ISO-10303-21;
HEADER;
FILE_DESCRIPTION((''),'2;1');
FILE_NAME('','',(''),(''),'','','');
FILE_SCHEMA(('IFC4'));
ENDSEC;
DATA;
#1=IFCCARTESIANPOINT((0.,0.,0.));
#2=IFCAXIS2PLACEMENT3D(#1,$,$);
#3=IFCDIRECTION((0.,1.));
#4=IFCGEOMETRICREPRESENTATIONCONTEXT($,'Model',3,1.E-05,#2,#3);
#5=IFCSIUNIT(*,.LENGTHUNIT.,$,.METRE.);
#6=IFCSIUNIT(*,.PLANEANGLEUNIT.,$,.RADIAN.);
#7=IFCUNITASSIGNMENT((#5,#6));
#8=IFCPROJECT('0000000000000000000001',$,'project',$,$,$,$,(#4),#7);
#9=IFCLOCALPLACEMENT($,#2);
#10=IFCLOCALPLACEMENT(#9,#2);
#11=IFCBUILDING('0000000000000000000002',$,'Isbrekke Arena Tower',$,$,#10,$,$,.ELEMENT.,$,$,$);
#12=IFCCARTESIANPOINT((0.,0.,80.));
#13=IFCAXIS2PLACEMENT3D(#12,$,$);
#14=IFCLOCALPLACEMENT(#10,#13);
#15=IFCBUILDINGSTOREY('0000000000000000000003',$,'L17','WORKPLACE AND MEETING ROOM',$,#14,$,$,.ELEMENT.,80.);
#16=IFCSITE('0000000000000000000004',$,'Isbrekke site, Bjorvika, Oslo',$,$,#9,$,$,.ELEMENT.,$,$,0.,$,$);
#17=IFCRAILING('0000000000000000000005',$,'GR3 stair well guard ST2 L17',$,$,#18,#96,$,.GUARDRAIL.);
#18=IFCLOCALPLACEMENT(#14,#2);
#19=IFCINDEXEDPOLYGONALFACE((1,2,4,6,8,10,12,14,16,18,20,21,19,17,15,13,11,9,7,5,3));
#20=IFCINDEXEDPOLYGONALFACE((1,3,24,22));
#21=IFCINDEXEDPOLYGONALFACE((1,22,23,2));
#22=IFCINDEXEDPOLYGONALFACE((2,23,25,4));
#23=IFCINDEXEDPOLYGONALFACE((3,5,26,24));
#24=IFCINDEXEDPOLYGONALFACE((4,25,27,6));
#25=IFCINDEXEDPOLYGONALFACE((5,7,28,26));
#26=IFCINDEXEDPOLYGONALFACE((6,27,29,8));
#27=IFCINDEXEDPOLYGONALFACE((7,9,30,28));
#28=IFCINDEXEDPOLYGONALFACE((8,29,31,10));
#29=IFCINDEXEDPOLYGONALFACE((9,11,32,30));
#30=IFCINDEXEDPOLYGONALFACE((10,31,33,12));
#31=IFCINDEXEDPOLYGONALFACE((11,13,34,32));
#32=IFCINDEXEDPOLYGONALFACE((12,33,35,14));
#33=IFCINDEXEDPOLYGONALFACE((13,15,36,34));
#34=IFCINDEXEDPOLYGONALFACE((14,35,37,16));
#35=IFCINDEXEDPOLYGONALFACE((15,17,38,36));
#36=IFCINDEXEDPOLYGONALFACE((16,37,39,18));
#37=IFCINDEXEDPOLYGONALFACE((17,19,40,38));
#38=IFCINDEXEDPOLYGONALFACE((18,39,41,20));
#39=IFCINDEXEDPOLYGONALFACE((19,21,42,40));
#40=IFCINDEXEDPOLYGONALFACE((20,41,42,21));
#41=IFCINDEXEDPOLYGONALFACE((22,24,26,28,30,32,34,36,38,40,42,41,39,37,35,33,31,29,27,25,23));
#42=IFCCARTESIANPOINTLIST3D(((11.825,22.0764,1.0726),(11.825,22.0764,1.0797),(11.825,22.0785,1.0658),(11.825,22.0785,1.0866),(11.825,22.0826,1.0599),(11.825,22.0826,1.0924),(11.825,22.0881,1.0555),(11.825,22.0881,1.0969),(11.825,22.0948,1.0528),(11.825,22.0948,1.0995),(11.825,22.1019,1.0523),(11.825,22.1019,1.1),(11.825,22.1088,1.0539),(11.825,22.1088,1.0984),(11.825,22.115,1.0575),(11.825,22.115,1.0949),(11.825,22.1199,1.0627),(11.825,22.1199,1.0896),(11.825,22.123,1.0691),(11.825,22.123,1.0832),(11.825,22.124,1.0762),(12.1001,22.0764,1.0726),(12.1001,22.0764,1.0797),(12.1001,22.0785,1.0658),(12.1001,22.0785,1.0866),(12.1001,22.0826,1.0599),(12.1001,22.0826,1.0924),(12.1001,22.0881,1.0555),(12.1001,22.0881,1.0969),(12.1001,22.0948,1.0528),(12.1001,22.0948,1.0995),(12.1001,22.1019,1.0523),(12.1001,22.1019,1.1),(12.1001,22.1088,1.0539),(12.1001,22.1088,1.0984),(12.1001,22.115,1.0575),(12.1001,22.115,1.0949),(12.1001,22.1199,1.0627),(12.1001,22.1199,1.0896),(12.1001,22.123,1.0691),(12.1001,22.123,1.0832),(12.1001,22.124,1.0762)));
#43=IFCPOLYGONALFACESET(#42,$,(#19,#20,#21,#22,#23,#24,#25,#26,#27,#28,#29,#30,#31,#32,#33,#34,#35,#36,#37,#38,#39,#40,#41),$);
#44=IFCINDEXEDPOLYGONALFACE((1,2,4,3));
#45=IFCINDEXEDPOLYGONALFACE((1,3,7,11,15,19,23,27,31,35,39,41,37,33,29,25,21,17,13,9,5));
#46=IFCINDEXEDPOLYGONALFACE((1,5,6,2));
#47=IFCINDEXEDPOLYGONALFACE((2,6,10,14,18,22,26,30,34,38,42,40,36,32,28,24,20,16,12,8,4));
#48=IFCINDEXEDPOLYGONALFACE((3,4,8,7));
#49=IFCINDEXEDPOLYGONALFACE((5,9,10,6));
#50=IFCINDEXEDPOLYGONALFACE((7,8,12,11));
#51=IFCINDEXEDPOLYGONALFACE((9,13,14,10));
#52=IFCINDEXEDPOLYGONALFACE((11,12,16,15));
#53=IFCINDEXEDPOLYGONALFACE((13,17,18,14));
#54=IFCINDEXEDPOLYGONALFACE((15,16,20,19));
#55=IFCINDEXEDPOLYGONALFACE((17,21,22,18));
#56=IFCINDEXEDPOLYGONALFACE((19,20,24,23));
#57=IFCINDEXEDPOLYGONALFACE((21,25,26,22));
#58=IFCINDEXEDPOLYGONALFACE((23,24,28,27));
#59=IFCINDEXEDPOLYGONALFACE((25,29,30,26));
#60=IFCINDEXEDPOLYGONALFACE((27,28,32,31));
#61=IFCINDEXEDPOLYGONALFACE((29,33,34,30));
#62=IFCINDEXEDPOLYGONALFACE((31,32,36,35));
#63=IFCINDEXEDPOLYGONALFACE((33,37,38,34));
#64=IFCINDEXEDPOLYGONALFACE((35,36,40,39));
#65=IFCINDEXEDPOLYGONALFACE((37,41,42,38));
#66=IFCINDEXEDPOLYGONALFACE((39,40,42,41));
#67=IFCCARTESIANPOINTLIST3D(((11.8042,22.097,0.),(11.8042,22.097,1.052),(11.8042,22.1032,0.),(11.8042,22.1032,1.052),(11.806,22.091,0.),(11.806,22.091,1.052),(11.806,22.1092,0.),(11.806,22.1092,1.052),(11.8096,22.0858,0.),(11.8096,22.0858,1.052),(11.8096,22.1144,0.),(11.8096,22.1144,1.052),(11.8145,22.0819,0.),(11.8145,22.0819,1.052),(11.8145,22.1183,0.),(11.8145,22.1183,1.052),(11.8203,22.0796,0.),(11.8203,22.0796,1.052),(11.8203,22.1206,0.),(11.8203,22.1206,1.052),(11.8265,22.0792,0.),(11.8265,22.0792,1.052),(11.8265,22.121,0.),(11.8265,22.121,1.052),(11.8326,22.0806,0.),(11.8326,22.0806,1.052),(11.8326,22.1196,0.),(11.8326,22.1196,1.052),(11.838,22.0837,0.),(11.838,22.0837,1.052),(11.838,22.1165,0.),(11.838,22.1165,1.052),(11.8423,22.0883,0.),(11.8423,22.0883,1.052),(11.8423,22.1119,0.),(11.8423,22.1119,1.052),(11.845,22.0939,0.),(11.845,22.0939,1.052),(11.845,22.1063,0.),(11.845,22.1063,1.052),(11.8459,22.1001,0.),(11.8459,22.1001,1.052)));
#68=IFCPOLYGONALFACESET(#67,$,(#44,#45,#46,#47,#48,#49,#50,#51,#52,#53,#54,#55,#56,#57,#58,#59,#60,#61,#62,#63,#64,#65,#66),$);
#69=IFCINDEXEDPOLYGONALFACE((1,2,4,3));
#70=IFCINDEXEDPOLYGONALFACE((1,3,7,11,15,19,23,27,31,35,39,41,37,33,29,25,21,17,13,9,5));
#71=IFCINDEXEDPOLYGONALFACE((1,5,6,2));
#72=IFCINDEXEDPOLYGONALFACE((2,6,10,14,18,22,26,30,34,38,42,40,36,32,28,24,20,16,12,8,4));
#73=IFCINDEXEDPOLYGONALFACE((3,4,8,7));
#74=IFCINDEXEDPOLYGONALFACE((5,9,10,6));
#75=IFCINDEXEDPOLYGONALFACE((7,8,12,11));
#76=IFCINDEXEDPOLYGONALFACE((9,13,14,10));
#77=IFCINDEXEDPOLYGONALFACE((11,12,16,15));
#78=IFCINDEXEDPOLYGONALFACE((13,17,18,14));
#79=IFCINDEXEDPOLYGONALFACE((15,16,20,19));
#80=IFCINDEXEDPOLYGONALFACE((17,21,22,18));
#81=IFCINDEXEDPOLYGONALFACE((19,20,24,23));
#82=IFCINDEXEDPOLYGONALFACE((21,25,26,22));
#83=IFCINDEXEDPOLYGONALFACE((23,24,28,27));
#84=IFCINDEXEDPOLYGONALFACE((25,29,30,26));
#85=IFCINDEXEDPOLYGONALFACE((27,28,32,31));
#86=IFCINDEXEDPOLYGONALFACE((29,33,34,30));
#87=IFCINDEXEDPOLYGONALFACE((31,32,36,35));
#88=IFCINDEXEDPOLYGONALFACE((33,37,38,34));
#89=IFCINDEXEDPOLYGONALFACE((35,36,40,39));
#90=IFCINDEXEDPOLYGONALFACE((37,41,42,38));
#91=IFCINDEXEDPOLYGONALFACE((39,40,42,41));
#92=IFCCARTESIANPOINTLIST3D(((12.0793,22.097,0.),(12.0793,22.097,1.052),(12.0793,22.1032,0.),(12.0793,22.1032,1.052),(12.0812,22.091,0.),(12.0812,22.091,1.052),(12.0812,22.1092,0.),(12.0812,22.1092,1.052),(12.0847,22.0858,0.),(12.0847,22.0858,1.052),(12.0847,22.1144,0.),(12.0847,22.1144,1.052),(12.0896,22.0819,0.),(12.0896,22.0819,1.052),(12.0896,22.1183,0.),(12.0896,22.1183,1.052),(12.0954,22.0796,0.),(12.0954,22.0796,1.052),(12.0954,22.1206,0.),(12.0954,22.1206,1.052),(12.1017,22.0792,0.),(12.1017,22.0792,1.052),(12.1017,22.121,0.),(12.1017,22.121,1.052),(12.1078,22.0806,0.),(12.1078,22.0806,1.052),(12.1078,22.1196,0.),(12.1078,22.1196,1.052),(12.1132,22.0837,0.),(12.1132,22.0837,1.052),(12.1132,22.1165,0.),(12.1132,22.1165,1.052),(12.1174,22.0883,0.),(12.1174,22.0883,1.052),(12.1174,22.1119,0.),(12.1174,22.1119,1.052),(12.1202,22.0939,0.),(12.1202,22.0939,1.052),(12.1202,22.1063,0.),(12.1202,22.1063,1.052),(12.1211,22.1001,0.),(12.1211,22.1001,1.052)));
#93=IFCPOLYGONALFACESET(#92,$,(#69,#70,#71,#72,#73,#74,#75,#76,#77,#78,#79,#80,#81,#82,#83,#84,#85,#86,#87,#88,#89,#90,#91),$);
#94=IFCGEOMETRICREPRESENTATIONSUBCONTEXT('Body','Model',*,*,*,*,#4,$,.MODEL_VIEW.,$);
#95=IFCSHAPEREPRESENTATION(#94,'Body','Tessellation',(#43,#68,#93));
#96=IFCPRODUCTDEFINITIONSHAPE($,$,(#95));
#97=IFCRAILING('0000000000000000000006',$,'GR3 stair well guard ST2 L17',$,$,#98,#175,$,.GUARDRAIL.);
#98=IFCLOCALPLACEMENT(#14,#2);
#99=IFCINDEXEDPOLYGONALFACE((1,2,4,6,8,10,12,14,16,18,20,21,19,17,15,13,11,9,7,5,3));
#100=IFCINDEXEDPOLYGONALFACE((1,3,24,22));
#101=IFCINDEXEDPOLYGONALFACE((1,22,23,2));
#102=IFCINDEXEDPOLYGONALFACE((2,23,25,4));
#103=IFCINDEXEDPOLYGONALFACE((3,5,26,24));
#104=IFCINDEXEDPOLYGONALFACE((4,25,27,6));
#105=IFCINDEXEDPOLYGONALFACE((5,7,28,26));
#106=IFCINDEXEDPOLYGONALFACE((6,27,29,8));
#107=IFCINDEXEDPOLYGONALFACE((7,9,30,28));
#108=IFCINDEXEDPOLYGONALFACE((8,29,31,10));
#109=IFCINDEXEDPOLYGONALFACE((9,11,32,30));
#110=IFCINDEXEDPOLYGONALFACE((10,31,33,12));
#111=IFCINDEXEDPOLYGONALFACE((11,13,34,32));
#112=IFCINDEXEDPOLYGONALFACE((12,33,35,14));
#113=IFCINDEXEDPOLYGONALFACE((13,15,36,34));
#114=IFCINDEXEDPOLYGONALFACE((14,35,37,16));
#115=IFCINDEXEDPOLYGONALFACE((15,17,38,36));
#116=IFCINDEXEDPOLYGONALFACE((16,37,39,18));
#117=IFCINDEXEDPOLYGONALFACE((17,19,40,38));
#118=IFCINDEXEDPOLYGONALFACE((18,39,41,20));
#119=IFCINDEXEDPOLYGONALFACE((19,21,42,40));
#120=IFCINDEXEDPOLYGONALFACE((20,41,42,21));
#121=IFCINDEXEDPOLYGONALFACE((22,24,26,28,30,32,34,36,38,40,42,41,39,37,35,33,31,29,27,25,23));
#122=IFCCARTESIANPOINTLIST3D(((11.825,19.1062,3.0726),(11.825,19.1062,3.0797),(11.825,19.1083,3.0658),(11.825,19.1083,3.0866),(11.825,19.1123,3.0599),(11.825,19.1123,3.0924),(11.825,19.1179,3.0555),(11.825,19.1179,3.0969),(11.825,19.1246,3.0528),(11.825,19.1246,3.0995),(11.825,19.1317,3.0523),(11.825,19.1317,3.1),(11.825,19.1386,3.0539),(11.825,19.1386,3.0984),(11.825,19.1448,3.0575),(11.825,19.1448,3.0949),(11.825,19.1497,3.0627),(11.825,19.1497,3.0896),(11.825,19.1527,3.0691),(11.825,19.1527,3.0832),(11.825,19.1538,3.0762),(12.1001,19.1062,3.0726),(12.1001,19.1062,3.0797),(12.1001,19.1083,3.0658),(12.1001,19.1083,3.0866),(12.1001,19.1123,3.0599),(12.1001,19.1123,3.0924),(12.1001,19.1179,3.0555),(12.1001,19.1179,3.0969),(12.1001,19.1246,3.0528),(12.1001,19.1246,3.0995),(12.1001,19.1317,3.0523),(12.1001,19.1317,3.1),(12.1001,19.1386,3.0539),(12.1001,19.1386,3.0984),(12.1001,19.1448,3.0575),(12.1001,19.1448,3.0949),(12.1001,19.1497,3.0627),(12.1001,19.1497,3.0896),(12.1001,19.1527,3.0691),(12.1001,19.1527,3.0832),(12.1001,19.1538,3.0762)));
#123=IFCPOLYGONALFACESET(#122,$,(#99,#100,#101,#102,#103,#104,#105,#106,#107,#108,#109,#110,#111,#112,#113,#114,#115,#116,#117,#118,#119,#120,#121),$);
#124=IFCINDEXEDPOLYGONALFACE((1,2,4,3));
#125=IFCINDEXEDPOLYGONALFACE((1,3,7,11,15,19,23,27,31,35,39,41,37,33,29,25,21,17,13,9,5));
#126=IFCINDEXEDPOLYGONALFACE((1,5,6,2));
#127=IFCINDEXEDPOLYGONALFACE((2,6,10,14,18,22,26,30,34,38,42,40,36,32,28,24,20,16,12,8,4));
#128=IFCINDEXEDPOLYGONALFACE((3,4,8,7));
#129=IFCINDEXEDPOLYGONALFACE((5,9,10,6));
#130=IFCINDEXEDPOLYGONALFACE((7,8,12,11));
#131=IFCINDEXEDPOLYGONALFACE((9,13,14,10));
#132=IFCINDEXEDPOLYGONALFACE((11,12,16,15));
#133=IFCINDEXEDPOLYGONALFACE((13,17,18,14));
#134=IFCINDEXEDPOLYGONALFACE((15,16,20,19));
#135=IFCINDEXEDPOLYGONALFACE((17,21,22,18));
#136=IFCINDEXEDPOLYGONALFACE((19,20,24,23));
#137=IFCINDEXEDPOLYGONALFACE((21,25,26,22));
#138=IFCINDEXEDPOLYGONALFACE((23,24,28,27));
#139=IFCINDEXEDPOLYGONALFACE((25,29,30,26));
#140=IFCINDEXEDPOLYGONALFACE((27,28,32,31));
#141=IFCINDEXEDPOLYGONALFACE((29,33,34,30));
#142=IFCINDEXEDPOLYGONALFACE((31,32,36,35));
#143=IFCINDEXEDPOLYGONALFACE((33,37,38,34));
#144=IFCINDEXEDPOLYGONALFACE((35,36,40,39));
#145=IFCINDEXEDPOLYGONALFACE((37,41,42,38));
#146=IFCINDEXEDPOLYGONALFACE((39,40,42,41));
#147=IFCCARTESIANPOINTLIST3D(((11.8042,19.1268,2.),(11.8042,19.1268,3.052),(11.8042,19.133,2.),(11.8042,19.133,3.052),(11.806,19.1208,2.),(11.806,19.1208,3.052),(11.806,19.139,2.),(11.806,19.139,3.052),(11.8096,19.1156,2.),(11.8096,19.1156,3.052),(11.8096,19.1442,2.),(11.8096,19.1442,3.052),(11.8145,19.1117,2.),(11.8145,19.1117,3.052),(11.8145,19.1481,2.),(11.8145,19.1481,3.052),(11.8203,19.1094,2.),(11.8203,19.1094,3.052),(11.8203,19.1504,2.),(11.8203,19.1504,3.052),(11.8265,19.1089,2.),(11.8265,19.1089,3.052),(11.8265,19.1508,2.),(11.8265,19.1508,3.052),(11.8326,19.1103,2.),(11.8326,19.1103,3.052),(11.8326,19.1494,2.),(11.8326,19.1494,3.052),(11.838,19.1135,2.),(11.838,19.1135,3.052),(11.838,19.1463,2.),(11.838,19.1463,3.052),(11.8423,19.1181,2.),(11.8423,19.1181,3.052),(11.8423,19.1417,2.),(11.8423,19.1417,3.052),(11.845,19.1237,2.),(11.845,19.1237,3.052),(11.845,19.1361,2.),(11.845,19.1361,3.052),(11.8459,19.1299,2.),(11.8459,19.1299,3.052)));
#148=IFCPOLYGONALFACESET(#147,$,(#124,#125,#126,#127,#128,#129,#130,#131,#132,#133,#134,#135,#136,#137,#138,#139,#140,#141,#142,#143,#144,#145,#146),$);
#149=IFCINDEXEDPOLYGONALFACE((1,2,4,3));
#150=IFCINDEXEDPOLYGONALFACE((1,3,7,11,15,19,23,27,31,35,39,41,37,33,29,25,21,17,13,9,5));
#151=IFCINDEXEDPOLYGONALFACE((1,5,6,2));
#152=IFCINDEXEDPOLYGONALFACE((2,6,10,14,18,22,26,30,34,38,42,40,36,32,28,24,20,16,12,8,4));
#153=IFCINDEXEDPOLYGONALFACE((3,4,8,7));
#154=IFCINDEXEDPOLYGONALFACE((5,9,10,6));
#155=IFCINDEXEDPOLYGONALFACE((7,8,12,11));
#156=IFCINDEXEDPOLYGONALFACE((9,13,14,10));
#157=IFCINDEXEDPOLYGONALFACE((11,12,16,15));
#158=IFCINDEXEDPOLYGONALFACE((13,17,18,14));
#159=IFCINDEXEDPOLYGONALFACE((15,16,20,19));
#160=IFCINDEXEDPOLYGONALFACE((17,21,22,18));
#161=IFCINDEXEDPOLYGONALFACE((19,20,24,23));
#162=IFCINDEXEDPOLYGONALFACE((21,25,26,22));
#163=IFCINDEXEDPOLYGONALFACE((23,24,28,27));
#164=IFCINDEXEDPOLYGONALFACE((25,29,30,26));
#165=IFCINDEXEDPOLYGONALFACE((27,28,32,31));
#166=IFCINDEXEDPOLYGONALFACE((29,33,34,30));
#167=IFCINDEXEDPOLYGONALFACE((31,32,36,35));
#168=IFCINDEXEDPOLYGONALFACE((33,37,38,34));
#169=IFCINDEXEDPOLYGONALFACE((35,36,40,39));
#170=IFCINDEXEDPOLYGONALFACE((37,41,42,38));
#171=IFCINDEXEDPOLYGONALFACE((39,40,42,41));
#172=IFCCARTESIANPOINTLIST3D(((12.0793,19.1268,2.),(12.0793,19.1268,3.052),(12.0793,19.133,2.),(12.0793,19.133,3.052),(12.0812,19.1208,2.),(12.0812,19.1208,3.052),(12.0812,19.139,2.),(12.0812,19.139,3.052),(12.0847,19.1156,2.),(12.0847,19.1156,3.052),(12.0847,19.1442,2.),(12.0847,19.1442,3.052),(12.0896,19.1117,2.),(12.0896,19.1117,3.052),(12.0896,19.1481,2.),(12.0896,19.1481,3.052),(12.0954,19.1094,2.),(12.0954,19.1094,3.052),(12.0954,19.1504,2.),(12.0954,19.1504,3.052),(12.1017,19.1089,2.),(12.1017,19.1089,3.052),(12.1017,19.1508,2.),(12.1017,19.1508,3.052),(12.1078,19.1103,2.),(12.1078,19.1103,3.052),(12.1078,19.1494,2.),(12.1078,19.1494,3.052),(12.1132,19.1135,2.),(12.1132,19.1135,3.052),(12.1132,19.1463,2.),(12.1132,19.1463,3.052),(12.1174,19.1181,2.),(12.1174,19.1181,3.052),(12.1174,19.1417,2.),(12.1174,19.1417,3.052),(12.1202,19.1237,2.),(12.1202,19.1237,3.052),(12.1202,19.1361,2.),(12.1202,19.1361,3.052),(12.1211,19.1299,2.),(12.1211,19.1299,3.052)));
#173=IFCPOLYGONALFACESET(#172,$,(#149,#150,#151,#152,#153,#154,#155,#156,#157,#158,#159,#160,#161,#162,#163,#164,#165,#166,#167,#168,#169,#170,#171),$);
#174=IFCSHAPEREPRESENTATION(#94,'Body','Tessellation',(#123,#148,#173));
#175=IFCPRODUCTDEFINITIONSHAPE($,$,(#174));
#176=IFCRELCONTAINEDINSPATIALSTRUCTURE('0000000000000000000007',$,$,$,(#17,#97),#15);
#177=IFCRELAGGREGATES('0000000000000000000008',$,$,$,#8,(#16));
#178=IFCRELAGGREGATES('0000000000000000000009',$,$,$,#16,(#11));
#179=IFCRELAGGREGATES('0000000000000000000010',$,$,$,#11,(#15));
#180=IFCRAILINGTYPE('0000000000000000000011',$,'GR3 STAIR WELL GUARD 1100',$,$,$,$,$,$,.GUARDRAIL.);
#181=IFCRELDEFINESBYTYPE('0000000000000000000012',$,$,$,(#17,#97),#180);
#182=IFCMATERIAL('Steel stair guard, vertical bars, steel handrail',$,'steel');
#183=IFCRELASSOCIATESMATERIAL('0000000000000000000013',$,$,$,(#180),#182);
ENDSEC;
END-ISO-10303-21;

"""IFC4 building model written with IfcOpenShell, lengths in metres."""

from ifc_helpers import new_model, si_unit, direction, frame, origin, origin_2d, place, context, subcontext, project, spatial, circle, extrude, material, type_object, element, save


model = new_model("IFC4")

# Units and contexts
model_context = context("Model", 3, precision=1e-05, world=origin(), true_north=direction((0.0, 1.0)))
body_context = subcontext(model_context, "Body", "Model", "MODEL_VIEW")
ifc_project = project(units=[si_unit("LENGTHUNIT", "METRE"), si_unit("PLANEANGLEUNIT", "RADIAN")], contexts=[model_context])

# Site, building, storey
site_placement = place(None, origin())
site = spatial("IfcSite", under=ifc_project, at=site_placement, Name="Isbrekke site, Bjorvika, Oslo", CompositionType="ELEMENT", RefElevation=0.0)
building_placement = place(site_placement, origin())
building = spatial("IfcBuilding", under=site, at=building_placement, Name="Isbrekke Arena Tower", CompositionType="ELEMENT")
storey_placement = place(building_placement, frame((0.0, 0.0, 80.0)))
storey = spatial("IfcBuildingStorey", under=building, at=storey_placement, Name="L17", Description="WORKPLACE AND MEETING ROOM", CompositionType="ELEMENT", Elevation=80.0)

# Railings
ifc_material_1 = material(Name="Steel stair guard, vertical bars, steel handrail", Category="steel")
railing_type = type_object("IfcRailingType", Name="GR3 STAIR WELL GUARD 1100", PredefinedType="GUARDRAIL", material=ifc_material_1)
for number, where, name in (
    (1, (11.825, 22.1001, 0.0), "GR3 stair well guard ST2 L17"),
    (2, (11.825, 19.1299, 2.0), "GR3 stair well guard ST2 L17"),
):
    element("IfcRailing", number, at=place(storey_placement, frame(where)), inside=storey, type_object=railing_type, Name=name, PredefinedType="GUARDRAIL", context=body_context, shape_type="SweptSolid", body=[
        extrude(circle(Radius=0.0239, at=origin_2d()), frame((0.0, 0.0, 1.0762), z_axis=(1.0, 0.0, 0.0), x_axis=(0.0, 1.0, 0.0)), (0.0, 0.0, 1.0), 0.2751),
        extrude(circle(Radius=0.021, at=origin_2d()), origin(), (0.0, 0.0, 1.0), 1.052),
        extrude(circle(Radius=0.021, at=origin_2d()), frame((0.2751, 0.0, 0.0)), (0.0, 0.0, 1.0), 1.052),
    ])

save(model, "model.ifc")
